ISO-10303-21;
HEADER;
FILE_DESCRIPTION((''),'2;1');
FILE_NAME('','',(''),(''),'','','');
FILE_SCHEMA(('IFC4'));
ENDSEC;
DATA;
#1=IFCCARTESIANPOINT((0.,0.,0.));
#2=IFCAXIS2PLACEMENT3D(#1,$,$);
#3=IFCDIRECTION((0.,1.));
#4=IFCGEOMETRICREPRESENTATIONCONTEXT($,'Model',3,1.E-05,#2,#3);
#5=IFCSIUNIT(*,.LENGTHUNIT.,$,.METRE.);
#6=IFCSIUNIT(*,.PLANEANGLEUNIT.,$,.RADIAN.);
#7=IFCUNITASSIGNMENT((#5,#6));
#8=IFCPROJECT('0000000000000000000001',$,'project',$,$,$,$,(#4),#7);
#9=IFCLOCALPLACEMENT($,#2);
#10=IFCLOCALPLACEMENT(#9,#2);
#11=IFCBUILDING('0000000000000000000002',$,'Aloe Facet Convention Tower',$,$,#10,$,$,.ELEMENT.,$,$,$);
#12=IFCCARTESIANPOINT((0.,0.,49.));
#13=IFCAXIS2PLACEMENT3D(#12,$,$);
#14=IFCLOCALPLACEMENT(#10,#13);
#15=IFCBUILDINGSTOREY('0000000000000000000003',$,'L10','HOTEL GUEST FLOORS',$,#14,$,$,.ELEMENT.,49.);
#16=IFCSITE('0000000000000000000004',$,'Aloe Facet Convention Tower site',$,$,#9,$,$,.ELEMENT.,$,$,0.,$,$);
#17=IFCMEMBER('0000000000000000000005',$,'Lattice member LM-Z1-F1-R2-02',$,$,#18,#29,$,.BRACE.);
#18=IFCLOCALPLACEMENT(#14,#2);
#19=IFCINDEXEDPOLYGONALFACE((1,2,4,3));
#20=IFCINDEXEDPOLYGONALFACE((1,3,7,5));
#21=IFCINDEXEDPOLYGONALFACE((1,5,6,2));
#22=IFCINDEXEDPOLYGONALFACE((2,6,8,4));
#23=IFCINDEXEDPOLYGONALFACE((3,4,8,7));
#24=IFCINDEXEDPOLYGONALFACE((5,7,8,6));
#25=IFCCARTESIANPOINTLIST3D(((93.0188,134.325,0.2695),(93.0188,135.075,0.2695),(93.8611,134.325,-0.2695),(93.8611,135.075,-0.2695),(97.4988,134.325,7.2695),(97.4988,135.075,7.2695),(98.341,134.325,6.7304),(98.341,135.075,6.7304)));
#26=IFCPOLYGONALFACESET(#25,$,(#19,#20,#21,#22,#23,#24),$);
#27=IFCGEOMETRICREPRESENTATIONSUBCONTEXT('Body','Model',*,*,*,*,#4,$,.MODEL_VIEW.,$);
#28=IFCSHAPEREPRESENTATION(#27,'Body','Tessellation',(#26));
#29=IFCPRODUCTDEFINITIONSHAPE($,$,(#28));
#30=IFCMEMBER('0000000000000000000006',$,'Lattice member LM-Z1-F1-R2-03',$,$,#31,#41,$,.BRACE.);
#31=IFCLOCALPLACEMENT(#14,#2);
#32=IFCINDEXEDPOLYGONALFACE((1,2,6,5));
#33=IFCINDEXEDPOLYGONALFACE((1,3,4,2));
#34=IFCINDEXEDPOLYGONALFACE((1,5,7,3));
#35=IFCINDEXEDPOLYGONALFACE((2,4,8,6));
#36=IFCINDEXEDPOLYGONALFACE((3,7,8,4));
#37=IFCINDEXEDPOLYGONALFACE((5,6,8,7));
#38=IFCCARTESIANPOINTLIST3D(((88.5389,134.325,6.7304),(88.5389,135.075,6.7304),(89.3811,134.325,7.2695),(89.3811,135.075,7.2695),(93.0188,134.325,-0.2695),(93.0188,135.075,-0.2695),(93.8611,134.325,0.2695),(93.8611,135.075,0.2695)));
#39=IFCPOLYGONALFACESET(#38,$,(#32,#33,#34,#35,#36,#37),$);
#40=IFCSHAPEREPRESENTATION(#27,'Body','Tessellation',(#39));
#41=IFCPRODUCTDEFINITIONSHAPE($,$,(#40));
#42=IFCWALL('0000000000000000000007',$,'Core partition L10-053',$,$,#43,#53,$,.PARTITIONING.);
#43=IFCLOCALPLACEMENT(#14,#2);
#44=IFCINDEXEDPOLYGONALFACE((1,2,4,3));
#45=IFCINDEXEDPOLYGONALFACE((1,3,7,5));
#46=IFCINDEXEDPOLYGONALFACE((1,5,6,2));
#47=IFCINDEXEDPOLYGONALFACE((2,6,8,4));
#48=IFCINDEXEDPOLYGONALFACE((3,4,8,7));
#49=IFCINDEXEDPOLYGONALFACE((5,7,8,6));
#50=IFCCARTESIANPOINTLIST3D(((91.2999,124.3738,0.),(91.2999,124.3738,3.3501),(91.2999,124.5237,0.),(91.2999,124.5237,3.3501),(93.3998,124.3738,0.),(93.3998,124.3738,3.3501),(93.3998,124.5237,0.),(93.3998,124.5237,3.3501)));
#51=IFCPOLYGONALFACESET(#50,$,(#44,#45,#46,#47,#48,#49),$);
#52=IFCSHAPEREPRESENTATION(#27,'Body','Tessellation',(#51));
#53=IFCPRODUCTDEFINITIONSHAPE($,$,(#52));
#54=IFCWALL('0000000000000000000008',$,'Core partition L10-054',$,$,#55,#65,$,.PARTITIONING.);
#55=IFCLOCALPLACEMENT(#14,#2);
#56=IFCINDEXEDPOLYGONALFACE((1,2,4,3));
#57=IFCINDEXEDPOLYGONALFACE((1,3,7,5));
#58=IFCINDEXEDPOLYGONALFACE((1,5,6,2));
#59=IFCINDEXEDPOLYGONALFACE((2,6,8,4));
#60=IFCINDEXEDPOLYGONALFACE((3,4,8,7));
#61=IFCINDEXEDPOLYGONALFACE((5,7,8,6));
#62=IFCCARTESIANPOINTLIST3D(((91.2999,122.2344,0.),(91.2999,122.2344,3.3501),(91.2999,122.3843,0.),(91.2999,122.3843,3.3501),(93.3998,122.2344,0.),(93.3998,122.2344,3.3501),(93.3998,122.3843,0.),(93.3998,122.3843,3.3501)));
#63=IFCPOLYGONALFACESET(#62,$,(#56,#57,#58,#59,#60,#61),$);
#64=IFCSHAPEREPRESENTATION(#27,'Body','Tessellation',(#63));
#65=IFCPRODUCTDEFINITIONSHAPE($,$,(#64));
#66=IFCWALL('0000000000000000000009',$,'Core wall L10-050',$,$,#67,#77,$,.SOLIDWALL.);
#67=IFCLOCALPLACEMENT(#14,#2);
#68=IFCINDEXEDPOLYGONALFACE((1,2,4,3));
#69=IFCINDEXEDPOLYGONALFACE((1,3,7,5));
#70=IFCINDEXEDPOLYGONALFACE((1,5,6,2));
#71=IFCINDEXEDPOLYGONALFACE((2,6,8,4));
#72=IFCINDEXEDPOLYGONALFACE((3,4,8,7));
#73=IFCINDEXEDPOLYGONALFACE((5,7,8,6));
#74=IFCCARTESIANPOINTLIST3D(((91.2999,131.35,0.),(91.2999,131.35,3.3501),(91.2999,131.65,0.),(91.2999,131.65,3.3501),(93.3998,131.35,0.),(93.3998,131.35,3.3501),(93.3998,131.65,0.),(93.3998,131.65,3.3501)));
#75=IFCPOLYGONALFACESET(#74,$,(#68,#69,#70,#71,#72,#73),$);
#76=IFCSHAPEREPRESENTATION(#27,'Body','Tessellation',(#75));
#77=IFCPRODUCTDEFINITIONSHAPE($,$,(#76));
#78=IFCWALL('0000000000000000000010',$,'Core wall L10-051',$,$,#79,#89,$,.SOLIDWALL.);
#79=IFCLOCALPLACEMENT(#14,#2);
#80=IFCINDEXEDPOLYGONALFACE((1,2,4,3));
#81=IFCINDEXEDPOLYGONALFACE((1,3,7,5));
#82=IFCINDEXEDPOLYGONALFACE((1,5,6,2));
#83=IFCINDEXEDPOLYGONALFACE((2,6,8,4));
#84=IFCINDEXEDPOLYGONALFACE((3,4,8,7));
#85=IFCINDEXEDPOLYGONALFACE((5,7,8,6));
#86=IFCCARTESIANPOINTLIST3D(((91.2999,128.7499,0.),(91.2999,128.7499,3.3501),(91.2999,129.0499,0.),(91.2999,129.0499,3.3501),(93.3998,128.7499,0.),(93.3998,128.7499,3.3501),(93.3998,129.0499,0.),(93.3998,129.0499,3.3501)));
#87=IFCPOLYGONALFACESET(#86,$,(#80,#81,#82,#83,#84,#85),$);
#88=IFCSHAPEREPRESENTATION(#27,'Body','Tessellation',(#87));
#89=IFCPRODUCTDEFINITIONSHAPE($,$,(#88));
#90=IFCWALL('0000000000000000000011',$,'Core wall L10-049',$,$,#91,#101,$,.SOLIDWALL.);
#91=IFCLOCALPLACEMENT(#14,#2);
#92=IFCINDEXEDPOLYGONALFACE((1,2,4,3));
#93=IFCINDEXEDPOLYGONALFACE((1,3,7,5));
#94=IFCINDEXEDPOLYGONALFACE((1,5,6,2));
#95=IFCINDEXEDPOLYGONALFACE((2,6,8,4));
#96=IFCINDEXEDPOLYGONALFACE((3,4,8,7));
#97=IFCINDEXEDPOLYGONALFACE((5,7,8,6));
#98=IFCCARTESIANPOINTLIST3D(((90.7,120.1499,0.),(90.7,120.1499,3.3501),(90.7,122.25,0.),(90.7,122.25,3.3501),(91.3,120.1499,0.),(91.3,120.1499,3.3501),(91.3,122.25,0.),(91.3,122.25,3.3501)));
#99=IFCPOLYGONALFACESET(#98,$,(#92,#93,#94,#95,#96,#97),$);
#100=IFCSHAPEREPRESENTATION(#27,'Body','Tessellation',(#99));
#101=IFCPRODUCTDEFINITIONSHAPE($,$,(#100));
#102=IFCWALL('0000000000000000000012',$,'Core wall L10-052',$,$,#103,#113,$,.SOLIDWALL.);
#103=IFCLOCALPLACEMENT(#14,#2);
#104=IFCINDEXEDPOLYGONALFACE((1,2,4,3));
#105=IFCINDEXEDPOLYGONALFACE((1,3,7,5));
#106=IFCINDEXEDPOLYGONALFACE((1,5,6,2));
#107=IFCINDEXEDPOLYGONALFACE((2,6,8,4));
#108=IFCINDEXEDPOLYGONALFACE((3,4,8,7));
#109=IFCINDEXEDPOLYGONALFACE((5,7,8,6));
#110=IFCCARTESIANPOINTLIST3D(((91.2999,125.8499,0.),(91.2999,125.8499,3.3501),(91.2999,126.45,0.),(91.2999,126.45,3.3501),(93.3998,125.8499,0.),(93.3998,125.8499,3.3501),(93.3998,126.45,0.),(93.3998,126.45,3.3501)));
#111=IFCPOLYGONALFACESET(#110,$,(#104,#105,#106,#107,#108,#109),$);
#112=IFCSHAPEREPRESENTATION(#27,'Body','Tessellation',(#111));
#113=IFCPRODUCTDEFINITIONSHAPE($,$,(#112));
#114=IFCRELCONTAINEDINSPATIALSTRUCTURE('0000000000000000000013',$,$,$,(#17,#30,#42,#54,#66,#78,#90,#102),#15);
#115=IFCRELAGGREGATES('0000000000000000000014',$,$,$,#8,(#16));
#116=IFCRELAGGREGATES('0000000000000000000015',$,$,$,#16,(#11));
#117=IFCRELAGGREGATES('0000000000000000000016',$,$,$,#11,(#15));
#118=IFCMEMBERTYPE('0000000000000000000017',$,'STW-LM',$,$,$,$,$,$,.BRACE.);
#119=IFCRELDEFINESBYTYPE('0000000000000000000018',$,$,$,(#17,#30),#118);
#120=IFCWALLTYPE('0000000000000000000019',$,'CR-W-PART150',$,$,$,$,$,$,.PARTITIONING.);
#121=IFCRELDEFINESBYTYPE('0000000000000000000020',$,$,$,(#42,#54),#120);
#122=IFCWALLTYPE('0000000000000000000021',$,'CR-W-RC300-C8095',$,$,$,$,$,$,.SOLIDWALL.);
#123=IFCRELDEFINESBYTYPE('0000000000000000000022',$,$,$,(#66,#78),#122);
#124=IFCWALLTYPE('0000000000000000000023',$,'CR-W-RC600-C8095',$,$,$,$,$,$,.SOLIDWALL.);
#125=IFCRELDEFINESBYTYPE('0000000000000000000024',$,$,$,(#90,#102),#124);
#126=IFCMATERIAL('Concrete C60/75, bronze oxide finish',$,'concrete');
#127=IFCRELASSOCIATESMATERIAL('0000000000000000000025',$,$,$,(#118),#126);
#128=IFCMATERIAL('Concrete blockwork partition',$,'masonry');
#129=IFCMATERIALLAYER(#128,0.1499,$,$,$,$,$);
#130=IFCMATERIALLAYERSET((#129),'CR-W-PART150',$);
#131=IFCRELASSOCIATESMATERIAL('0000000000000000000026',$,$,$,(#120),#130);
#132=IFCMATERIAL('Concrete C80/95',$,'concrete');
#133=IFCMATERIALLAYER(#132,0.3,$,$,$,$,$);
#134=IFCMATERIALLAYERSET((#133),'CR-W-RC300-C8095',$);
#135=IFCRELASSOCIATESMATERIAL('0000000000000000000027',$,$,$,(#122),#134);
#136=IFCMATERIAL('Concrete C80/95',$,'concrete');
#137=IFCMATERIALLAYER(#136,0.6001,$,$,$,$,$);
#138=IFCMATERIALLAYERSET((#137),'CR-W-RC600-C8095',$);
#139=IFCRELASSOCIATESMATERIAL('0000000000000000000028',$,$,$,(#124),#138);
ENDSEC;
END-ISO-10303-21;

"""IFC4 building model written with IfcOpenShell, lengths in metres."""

from ifc_helpers import new_model, si_unit, direction, frame, frame_2d, origin, origin_2d, place, context, subcontext, project, spatial, rectangle, extrude, material, layer, layer_set, material_profile, profile_set, type_object, element, save


model = new_model("IFC4")

# Units and contexts
model_context = context("Model", 3, precision=1e-05, world=origin(), true_north=direction((0.0, 1.0)))
body_context = subcontext(model_context, "Body", "Model", "MODEL_VIEW")
ifc_project = project(units=[si_unit("LENGTHUNIT", "METRE"), si_unit("PLANEANGLEUNIT", "RADIAN")], contexts=[model_context])

# Site, building, storey
site_placement = place(None, origin())
site = spatial("IfcSite", under=ifc_project, at=site_placement, Name="Aloe Facet Convention Tower site", CompositionType="ELEMENT", RefElevation=0.0)
building_placement = place(site_placement, origin())
building = spatial("IfcBuilding", under=site, at=building_placement, Name="Aloe Facet Convention Tower", CompositionType="ELEMENT")
storey_placement = place(building_placement, frame((0.0, 0.0, 49.0)))
storey = spatial("IfcBuildingStorey", under=building, at=storey_placement, Name="L10", Description="HOTEL GUEST FLOORS", CompositionType="ELEMENT", Elevation=49.0)

# Members
ifc_material_1 = material(Name="Concrete C60/75, bronze oxide finish", Category="concrete")
ifc_material_profile_1 = material_profile(ifc_material_1, rectangle(XDim=0.75, YDim=1.0, at=origin_2d()), Name="STW-LM")
ifc_profile_set_1 = profile_set([ifc_material_profile_1], Name="Concrete C60/75, bronze oxide finish")
member_type = type_object("IfcMemberType", Name="STW-LM", PredefinedType="BRACE", material=ifc_profile_set_1)
for number, where, z_axis, x_axis, name in (
    (1, (93.4399, 134.7, 0.0), (0.539052, 0.0, 0.842272), (0.0, 1.0, 0.0), "Lattice member LM-Z1-F1-R2-02"),
    (2, (93.4399, 134.7, 0.0), (-0.539052, 0.0, 0.842272), (0.0, -1.0, 0.0), "Lattice member LM-Z1-F1-R2-03"),
):
    element("IfcMember", number, at=place(storey_placement, frame(where, z_axis=z_axis, x_axis=x_axis)), inside=storey, type_object=member_type, Name=name, PredefinedType="BRACE", context=body_context, shape_type="SweptSolid", body=[
        extrude(rectangle(XDim=0.75, YDim=1.0, at=origin_2d()), origin(), (0.0, 0.0, 1.0), 8.3108),
    ])

# Walls
ifc_material_2 = material(Name="Concrete blockwork partition", Category="masonry")
ifc_layer_1 = layer(ifc_material_2, 0.1499)
ifc_layer_set_1 = layer_set([ifc_layer_1], Name="CR-W-PART150")
wall_type_1 = type_object("IfcWallType", Name="CR-W-PART150", PredefinedType="PARTITIONING", material=ifc_layer_set_1)
for number, where, z_axis, x_axis, name in (
    (3, (91.3, 124.4487, 0.0), (0.0, 0.0, 1.0), (1.0, 0.0, 0.0), "Core partition L10-053"),
    (4, (91.3, 122.3093, 0.0), (0.0, 0.0, 1.0), (1.0, 0.0, 0.0), "Core partition L10-054"),
):
    element("IfcWall", number, at=place(storey_placement, frame(where, z_axis=z_axis, x_axis=x_axis)), inside=storey, type_object=wall_type_1, Name=name, PredefinedType="PARTITIONING", context=body_context, shape_type="SweptSolid", body=[
        extrude(rectangle(XDim=2.0999, YDim=0.1499, at=frame_2d((1.0498, 0.0))), origin(), (0.0, 0.0, 1.0), 3.3501),
    ])
ifc_material_3 = material(Name="Concrete C80/95", Category="concrete")
ifc_layer_2 = layer(ifc_material_3, 0.3)
ifc_layer_set_2 = layer_set([ifc_layer_2], Name="CR-W-RC300-C8095")
wall_type_2 = type_object("IfcWallType", Name="CR-W-RC300-C8095", PredefinedType="SOLIDWALL", material=ifc_layer_set_2)
for number, where, z_axis, x_axis, name in (
    (5, (91.3, 131.5, 0.0), (0.0, 0.0, 1.0), (1.0, 0.0, 0.0), "Core wall L10-050"),
    (6, (91.3, 128.8999, 0.0), (0.0, 0.0, 1.0), (1.0, 0.0, 0.0), "Core wall L10-051"),
):
    element("IfcWall", number, at=place(storey_placement, frame(where, z_axis=z_axis, x_axis=x_axis)), inside=storey, type_object=wall_type_2, Name=name, PredefinedType="SOLIDWALL", context=body_context, shape_type="SweptSolid", body=[
        extrude(rectangle(XDim=2.0999, YDim=0.3, at=frame_2d((1.0498, 0.0))), origin(), (0.0, 0.0, 1.0), 3.3501),
    ])
ifc_material_4 = material(Name="Concrete C80/95", Category="concrete")
ifc_layer_3 = layer(ifc_material_4, 0.6001)
ifc_layer_set_3 = layer_set([ifc_layer_3], Name="CR-W-RC600-C8095")
wall_type_3 = type_object("IfcWallType", Name="CR-W-RC600-C8095", PredefinedType="SOLIDWALL", material=ifc_layer_set_3)
wall_1_placement = place(storey_placement, frame((91.0, 122.25, 0.0), z_axis=(0.0, 0.0, 1.0), x_axis=(0.0, -1.0, 0.0)))
element("IfcWall", 7, at=wall_1_placement, inside=storey, type_object=wall_type_3, Name="Core wall L10-049", PredefinedType="SOLIDWALL", context=body_context, shape_type="SweptSolid", body=[
    extrude(rectangle(XDim=2.1001, YDim=0.6001, at=frame_2d((1.05, 0.0))), origin(), (0.0, 0.0, 1.0), 3.3501),
])
wall_2_placement = place(storey_placement, frame((91.3, 126.1499, 0.0), z_axis=(0.0, 0.0, 1.0), x_axis=(1.0, 0.0, 0.0)))
element("IfcWall", 8, at=wall_2_placement, inside=storey, type_object=wall_type_3, Name="Core wall L10-052", PredefinedType="SOLIDWALL", context=body_context, shape_type="SweptSolid", body=[
    extrude(rectangle(XDim=2.0999, YDim=0.6001, at=frame_2d((1.0498, 0.0))), origin(), (0.0, 0.0, 1.0), 3.3501),
])

save(model, "model.ifc")
